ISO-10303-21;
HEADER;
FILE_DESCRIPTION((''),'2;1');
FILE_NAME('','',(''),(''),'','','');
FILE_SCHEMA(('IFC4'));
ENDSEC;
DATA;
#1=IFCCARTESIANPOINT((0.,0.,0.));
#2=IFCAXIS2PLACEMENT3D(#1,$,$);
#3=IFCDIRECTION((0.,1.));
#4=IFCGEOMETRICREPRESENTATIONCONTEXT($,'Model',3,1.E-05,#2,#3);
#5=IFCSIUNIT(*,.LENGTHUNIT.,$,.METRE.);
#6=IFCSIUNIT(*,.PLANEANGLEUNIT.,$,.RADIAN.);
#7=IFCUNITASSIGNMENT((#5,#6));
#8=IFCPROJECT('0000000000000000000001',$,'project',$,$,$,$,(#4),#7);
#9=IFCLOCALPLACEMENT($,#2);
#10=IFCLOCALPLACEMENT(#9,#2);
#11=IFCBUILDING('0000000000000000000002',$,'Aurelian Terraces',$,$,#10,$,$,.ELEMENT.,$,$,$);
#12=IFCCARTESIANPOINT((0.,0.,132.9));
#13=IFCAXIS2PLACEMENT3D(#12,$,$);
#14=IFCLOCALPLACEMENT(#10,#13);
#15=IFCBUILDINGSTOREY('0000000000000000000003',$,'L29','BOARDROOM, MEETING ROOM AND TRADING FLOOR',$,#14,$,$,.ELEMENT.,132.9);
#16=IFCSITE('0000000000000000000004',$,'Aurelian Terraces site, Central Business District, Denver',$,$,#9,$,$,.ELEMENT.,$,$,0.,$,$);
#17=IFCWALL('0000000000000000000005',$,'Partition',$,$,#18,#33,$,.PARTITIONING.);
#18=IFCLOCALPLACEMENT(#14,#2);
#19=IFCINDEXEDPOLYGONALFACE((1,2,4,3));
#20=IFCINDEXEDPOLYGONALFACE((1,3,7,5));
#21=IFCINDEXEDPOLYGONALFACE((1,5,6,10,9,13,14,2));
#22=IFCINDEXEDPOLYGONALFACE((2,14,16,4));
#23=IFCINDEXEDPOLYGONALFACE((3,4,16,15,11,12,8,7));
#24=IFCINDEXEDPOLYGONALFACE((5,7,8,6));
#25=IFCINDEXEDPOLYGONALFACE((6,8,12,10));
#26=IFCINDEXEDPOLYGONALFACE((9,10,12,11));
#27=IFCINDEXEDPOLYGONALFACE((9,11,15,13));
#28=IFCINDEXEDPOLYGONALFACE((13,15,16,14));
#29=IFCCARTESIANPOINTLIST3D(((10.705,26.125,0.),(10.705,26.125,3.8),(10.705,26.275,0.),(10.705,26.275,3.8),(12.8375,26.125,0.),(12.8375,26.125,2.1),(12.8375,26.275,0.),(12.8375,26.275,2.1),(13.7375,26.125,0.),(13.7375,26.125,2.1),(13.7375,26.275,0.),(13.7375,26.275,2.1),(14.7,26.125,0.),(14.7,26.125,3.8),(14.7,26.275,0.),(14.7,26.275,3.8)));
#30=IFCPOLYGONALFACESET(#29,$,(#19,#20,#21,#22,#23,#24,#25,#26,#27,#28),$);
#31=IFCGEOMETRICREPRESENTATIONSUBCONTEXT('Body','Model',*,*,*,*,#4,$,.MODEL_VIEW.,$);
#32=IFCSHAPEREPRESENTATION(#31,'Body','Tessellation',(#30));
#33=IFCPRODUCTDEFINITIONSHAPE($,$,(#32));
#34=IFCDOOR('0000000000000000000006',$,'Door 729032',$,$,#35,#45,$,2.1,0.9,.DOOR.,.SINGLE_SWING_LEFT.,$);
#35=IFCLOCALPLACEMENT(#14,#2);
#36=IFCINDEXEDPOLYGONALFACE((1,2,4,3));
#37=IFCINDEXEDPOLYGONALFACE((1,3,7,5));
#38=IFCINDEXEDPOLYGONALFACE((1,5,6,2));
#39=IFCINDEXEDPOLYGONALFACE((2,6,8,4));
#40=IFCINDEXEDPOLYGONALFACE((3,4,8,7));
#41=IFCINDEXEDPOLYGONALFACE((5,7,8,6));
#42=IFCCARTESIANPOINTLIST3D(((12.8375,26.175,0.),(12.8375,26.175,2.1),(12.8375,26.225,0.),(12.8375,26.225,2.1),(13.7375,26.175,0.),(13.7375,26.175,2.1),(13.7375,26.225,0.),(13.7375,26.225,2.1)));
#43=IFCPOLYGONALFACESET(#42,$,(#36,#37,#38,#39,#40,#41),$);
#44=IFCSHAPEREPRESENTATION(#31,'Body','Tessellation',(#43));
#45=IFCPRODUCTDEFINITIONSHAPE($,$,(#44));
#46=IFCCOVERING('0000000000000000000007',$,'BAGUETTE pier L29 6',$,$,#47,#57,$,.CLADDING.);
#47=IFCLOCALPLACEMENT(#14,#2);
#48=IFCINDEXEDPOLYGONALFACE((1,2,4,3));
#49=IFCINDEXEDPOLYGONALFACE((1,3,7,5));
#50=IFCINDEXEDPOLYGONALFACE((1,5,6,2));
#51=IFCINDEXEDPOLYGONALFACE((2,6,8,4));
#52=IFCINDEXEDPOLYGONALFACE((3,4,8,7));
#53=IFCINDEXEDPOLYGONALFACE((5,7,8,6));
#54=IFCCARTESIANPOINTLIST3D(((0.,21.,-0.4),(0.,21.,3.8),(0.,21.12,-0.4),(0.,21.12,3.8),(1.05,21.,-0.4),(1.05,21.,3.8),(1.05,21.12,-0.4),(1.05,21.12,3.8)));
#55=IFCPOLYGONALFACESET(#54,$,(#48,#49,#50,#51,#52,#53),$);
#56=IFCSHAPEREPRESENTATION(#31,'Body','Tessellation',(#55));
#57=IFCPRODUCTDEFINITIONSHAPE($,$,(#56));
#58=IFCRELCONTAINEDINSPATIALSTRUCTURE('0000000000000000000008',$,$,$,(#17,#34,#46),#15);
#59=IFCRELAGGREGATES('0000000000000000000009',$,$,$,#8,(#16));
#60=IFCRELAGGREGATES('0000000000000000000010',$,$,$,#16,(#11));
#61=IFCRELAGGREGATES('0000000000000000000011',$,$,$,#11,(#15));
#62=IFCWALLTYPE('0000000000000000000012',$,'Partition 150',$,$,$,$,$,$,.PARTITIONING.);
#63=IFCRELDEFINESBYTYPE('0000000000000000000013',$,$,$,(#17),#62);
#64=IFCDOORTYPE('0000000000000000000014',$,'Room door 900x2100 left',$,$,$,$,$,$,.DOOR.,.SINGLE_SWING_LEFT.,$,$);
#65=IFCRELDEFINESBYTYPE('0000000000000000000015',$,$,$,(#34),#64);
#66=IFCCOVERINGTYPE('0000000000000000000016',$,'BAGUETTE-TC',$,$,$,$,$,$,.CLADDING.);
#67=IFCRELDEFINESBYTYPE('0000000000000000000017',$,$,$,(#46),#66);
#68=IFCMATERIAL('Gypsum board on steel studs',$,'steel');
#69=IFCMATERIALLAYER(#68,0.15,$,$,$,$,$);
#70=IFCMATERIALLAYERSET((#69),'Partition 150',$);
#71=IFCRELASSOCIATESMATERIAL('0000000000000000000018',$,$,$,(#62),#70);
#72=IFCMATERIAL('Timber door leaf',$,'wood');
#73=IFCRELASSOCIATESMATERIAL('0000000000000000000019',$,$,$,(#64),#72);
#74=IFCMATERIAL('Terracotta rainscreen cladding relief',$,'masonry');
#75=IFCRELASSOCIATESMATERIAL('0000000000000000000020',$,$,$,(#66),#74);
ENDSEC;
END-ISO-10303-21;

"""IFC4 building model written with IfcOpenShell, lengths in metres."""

from ifc_helpers import new_model, si_unit, direction, frame, frame_2d, origin, origin_2d, place, context, subcontext, project, spatial, rectangle, extrude, source, transform, mapped, material, layer, layer_set, type_object, element, fill, save


model = new_model("IFC4")

# Units and contexts
model_context = context("Model", 3, precision=1e-05, world=origin(), true_north=direction((0.0, 1.0)))
body_context = subcontext(model_context, "Body", "Model", "MODEL_VIEW")
ifc_project = project(units=[si_unit("LENGTHUNIT", "METRE"), si_unit("PLANEANGLEUNIT", "RADIAN")], contexts=[model_context])

# Site, building, storey
site_placement = place(None, origin())
site = spatial("IfcSite", under=ifc_project, at=site_placement, Name="Aurelian Terraces site, Central Business District, Denver", CompositionType="ELEMENT", RefElevation=0.0)
building_placement = place(site_placement, origin())
building = spatial("IfcBuilding", under=site, at=building_placement, Name="Aurelian Terraces", CompositionType="ELEMENT")
storey_placement = place(building_placement, frame((0.0, 0.0, 132.9)))
storey = spatial("IfcBuildingStorey", under=building, at=storey_placement, Name="L29", Description="BOARDROOM, MEETING ROOM AND TRADING FLOOR", CompositionType="ELEMENT", Elevation=132.9)

# Wall, opening, door
ifc_material_1 = material(Name="Gypsum board on steel studs", Category="steel")
ifc_layer_1 = layer(ifc_material_1, 0.15)
ifc_layer_set_1 = layer_set([ifc_layer_1], Name="Partition 150")
wall_type_1 = type_object("IfcWallType", Name="Partition 150", PredefinedType="PARTITIONING", material=ifc_layer_set_1)
shared_shape_1 = source(origin(), body_context, "Body", "SweptSolid", [
    extrude(rectangle(XDim=3.995, YDim=0.15, at=frame_2d((1.9975, 0.0))), origin(), (0.0, 0.0, 1.0), 3.8),
])
wall_1_placement = place(storey_placement, frame((10.705, 26.2, 0.0), z_axis=(0.0, 0.0, 1.0), x_axis=(1.0, 0.0, 0.0)))
wall_1 = element("IfcWall", 1, at=wall_1_placement, inside=storey, type_object=wall_type_1, Name="Partition", PredefinedType="PARTITIONING", context=body_context, shape_type="MappedRepresentation", body=[
    mapped(shared_shape_1, transform((0.0, 0.0, 0.0), scale=1.0)),
])
shared_shape_2 = source(origin(), body_context, "Body", "SweptSolid", [
    extrude(rectangle(XDim=0.9, YDim=2.1, at=frame_2d((0.45, 1.05))), frame((0.0, 0.085, 0.0), z_axis=(0.0, -1.0, 0.0), x_axis=(1.0, 0.0, 0.0)), (0.0, 0.0, 1.0), 0.17),
])
opening_1_placement = place(wall_1_placement, frame((2.1325, 0.0, 0.0)))
opening_1 = element("IfcOpeningElement", 2, at=opening_1_placement, cuts=wall_1, PredefinedType="OPENING", context=body_context, shape_type="MappedRepresentation", body=[
    mapped(shared_shape_2, transform((0.0, 0.0, 0.0), scale=1.0)),
])
ifc_material_2 = material(Name="Timber door leaf", Category="wood")
door_type_1 = type_object("IfcDoorType", Name="Room door 900x2100 left", OperationType="SINGLE_SWING_LEFT", PredefinedType="DOOR", material=ifc_material_2)
shared_shape_3 = source(origin(), body_context, "Body", "SweptSolid", [
    extrude(rectangle(XDim=0.9, YDim=2.1, at=frame_2d((0.45, 1.05))), frame((0.0, 0.025, 0.0), z_axis=(0.0, -1.0, 0.0), x_axis=(1.0, 0.0, 0.0)), (0.0, 0.0, 1.0), 0.05),
])
door_1_placement = place(opening_1_placement, origin())
door_1 = element("IfcDoor", 3, at=door_1_placement, inside=storey, type_object=door_type_1, Name="Door 729032", OperationType="SINGLE_SWING_LEFT", OverallHeight=2.1, OverallWidth=0.9, PredefinedType="DOOR", context=body_context, shape_type="MappedRepresentation", body=[
    mapped(shared_shape_3, transform((0.0, 0.0, 0.0), scale=1.0)),
])
fill(opening_1, door_1)

# Covering
ifc_material_3 = material(Name="Terracotta rainscreen cladding relief", Category="masonry")
covering_type = type_object("IfcCoveringType", Name="BAGUETTE-TC", PredefinedType="CLADDING", material=ifc_material_3)
shared_shape_4 = source(origin(), body_context, "Body", "SweptSolid", [
    extrude(rectangle(XDim=1.05, YDim=0.12, at=origin_2d()), origin(), (0.0, 0.0, 1.0), 4.2),
])
covering_placement = place(storey_placement, frame((0.525, 21.06, -0.4), z_axis=(0.0, 0.0, 1.0), x_axis=(1.0, 0.0, 0.0)))
element("IfcCovering", 4, at=covering_placement, inside=storey, type_object=covering_type, Name="BAGUETTE pier L29 6", PredefinedType="CLADDING", context=body_context, shape_type="MappedRepresentation", body=[
    mapped(shared_shape_4, transform((0.0, 0.0, 0.0), scale=1.0)),
])

save(model, "model.ifc")
